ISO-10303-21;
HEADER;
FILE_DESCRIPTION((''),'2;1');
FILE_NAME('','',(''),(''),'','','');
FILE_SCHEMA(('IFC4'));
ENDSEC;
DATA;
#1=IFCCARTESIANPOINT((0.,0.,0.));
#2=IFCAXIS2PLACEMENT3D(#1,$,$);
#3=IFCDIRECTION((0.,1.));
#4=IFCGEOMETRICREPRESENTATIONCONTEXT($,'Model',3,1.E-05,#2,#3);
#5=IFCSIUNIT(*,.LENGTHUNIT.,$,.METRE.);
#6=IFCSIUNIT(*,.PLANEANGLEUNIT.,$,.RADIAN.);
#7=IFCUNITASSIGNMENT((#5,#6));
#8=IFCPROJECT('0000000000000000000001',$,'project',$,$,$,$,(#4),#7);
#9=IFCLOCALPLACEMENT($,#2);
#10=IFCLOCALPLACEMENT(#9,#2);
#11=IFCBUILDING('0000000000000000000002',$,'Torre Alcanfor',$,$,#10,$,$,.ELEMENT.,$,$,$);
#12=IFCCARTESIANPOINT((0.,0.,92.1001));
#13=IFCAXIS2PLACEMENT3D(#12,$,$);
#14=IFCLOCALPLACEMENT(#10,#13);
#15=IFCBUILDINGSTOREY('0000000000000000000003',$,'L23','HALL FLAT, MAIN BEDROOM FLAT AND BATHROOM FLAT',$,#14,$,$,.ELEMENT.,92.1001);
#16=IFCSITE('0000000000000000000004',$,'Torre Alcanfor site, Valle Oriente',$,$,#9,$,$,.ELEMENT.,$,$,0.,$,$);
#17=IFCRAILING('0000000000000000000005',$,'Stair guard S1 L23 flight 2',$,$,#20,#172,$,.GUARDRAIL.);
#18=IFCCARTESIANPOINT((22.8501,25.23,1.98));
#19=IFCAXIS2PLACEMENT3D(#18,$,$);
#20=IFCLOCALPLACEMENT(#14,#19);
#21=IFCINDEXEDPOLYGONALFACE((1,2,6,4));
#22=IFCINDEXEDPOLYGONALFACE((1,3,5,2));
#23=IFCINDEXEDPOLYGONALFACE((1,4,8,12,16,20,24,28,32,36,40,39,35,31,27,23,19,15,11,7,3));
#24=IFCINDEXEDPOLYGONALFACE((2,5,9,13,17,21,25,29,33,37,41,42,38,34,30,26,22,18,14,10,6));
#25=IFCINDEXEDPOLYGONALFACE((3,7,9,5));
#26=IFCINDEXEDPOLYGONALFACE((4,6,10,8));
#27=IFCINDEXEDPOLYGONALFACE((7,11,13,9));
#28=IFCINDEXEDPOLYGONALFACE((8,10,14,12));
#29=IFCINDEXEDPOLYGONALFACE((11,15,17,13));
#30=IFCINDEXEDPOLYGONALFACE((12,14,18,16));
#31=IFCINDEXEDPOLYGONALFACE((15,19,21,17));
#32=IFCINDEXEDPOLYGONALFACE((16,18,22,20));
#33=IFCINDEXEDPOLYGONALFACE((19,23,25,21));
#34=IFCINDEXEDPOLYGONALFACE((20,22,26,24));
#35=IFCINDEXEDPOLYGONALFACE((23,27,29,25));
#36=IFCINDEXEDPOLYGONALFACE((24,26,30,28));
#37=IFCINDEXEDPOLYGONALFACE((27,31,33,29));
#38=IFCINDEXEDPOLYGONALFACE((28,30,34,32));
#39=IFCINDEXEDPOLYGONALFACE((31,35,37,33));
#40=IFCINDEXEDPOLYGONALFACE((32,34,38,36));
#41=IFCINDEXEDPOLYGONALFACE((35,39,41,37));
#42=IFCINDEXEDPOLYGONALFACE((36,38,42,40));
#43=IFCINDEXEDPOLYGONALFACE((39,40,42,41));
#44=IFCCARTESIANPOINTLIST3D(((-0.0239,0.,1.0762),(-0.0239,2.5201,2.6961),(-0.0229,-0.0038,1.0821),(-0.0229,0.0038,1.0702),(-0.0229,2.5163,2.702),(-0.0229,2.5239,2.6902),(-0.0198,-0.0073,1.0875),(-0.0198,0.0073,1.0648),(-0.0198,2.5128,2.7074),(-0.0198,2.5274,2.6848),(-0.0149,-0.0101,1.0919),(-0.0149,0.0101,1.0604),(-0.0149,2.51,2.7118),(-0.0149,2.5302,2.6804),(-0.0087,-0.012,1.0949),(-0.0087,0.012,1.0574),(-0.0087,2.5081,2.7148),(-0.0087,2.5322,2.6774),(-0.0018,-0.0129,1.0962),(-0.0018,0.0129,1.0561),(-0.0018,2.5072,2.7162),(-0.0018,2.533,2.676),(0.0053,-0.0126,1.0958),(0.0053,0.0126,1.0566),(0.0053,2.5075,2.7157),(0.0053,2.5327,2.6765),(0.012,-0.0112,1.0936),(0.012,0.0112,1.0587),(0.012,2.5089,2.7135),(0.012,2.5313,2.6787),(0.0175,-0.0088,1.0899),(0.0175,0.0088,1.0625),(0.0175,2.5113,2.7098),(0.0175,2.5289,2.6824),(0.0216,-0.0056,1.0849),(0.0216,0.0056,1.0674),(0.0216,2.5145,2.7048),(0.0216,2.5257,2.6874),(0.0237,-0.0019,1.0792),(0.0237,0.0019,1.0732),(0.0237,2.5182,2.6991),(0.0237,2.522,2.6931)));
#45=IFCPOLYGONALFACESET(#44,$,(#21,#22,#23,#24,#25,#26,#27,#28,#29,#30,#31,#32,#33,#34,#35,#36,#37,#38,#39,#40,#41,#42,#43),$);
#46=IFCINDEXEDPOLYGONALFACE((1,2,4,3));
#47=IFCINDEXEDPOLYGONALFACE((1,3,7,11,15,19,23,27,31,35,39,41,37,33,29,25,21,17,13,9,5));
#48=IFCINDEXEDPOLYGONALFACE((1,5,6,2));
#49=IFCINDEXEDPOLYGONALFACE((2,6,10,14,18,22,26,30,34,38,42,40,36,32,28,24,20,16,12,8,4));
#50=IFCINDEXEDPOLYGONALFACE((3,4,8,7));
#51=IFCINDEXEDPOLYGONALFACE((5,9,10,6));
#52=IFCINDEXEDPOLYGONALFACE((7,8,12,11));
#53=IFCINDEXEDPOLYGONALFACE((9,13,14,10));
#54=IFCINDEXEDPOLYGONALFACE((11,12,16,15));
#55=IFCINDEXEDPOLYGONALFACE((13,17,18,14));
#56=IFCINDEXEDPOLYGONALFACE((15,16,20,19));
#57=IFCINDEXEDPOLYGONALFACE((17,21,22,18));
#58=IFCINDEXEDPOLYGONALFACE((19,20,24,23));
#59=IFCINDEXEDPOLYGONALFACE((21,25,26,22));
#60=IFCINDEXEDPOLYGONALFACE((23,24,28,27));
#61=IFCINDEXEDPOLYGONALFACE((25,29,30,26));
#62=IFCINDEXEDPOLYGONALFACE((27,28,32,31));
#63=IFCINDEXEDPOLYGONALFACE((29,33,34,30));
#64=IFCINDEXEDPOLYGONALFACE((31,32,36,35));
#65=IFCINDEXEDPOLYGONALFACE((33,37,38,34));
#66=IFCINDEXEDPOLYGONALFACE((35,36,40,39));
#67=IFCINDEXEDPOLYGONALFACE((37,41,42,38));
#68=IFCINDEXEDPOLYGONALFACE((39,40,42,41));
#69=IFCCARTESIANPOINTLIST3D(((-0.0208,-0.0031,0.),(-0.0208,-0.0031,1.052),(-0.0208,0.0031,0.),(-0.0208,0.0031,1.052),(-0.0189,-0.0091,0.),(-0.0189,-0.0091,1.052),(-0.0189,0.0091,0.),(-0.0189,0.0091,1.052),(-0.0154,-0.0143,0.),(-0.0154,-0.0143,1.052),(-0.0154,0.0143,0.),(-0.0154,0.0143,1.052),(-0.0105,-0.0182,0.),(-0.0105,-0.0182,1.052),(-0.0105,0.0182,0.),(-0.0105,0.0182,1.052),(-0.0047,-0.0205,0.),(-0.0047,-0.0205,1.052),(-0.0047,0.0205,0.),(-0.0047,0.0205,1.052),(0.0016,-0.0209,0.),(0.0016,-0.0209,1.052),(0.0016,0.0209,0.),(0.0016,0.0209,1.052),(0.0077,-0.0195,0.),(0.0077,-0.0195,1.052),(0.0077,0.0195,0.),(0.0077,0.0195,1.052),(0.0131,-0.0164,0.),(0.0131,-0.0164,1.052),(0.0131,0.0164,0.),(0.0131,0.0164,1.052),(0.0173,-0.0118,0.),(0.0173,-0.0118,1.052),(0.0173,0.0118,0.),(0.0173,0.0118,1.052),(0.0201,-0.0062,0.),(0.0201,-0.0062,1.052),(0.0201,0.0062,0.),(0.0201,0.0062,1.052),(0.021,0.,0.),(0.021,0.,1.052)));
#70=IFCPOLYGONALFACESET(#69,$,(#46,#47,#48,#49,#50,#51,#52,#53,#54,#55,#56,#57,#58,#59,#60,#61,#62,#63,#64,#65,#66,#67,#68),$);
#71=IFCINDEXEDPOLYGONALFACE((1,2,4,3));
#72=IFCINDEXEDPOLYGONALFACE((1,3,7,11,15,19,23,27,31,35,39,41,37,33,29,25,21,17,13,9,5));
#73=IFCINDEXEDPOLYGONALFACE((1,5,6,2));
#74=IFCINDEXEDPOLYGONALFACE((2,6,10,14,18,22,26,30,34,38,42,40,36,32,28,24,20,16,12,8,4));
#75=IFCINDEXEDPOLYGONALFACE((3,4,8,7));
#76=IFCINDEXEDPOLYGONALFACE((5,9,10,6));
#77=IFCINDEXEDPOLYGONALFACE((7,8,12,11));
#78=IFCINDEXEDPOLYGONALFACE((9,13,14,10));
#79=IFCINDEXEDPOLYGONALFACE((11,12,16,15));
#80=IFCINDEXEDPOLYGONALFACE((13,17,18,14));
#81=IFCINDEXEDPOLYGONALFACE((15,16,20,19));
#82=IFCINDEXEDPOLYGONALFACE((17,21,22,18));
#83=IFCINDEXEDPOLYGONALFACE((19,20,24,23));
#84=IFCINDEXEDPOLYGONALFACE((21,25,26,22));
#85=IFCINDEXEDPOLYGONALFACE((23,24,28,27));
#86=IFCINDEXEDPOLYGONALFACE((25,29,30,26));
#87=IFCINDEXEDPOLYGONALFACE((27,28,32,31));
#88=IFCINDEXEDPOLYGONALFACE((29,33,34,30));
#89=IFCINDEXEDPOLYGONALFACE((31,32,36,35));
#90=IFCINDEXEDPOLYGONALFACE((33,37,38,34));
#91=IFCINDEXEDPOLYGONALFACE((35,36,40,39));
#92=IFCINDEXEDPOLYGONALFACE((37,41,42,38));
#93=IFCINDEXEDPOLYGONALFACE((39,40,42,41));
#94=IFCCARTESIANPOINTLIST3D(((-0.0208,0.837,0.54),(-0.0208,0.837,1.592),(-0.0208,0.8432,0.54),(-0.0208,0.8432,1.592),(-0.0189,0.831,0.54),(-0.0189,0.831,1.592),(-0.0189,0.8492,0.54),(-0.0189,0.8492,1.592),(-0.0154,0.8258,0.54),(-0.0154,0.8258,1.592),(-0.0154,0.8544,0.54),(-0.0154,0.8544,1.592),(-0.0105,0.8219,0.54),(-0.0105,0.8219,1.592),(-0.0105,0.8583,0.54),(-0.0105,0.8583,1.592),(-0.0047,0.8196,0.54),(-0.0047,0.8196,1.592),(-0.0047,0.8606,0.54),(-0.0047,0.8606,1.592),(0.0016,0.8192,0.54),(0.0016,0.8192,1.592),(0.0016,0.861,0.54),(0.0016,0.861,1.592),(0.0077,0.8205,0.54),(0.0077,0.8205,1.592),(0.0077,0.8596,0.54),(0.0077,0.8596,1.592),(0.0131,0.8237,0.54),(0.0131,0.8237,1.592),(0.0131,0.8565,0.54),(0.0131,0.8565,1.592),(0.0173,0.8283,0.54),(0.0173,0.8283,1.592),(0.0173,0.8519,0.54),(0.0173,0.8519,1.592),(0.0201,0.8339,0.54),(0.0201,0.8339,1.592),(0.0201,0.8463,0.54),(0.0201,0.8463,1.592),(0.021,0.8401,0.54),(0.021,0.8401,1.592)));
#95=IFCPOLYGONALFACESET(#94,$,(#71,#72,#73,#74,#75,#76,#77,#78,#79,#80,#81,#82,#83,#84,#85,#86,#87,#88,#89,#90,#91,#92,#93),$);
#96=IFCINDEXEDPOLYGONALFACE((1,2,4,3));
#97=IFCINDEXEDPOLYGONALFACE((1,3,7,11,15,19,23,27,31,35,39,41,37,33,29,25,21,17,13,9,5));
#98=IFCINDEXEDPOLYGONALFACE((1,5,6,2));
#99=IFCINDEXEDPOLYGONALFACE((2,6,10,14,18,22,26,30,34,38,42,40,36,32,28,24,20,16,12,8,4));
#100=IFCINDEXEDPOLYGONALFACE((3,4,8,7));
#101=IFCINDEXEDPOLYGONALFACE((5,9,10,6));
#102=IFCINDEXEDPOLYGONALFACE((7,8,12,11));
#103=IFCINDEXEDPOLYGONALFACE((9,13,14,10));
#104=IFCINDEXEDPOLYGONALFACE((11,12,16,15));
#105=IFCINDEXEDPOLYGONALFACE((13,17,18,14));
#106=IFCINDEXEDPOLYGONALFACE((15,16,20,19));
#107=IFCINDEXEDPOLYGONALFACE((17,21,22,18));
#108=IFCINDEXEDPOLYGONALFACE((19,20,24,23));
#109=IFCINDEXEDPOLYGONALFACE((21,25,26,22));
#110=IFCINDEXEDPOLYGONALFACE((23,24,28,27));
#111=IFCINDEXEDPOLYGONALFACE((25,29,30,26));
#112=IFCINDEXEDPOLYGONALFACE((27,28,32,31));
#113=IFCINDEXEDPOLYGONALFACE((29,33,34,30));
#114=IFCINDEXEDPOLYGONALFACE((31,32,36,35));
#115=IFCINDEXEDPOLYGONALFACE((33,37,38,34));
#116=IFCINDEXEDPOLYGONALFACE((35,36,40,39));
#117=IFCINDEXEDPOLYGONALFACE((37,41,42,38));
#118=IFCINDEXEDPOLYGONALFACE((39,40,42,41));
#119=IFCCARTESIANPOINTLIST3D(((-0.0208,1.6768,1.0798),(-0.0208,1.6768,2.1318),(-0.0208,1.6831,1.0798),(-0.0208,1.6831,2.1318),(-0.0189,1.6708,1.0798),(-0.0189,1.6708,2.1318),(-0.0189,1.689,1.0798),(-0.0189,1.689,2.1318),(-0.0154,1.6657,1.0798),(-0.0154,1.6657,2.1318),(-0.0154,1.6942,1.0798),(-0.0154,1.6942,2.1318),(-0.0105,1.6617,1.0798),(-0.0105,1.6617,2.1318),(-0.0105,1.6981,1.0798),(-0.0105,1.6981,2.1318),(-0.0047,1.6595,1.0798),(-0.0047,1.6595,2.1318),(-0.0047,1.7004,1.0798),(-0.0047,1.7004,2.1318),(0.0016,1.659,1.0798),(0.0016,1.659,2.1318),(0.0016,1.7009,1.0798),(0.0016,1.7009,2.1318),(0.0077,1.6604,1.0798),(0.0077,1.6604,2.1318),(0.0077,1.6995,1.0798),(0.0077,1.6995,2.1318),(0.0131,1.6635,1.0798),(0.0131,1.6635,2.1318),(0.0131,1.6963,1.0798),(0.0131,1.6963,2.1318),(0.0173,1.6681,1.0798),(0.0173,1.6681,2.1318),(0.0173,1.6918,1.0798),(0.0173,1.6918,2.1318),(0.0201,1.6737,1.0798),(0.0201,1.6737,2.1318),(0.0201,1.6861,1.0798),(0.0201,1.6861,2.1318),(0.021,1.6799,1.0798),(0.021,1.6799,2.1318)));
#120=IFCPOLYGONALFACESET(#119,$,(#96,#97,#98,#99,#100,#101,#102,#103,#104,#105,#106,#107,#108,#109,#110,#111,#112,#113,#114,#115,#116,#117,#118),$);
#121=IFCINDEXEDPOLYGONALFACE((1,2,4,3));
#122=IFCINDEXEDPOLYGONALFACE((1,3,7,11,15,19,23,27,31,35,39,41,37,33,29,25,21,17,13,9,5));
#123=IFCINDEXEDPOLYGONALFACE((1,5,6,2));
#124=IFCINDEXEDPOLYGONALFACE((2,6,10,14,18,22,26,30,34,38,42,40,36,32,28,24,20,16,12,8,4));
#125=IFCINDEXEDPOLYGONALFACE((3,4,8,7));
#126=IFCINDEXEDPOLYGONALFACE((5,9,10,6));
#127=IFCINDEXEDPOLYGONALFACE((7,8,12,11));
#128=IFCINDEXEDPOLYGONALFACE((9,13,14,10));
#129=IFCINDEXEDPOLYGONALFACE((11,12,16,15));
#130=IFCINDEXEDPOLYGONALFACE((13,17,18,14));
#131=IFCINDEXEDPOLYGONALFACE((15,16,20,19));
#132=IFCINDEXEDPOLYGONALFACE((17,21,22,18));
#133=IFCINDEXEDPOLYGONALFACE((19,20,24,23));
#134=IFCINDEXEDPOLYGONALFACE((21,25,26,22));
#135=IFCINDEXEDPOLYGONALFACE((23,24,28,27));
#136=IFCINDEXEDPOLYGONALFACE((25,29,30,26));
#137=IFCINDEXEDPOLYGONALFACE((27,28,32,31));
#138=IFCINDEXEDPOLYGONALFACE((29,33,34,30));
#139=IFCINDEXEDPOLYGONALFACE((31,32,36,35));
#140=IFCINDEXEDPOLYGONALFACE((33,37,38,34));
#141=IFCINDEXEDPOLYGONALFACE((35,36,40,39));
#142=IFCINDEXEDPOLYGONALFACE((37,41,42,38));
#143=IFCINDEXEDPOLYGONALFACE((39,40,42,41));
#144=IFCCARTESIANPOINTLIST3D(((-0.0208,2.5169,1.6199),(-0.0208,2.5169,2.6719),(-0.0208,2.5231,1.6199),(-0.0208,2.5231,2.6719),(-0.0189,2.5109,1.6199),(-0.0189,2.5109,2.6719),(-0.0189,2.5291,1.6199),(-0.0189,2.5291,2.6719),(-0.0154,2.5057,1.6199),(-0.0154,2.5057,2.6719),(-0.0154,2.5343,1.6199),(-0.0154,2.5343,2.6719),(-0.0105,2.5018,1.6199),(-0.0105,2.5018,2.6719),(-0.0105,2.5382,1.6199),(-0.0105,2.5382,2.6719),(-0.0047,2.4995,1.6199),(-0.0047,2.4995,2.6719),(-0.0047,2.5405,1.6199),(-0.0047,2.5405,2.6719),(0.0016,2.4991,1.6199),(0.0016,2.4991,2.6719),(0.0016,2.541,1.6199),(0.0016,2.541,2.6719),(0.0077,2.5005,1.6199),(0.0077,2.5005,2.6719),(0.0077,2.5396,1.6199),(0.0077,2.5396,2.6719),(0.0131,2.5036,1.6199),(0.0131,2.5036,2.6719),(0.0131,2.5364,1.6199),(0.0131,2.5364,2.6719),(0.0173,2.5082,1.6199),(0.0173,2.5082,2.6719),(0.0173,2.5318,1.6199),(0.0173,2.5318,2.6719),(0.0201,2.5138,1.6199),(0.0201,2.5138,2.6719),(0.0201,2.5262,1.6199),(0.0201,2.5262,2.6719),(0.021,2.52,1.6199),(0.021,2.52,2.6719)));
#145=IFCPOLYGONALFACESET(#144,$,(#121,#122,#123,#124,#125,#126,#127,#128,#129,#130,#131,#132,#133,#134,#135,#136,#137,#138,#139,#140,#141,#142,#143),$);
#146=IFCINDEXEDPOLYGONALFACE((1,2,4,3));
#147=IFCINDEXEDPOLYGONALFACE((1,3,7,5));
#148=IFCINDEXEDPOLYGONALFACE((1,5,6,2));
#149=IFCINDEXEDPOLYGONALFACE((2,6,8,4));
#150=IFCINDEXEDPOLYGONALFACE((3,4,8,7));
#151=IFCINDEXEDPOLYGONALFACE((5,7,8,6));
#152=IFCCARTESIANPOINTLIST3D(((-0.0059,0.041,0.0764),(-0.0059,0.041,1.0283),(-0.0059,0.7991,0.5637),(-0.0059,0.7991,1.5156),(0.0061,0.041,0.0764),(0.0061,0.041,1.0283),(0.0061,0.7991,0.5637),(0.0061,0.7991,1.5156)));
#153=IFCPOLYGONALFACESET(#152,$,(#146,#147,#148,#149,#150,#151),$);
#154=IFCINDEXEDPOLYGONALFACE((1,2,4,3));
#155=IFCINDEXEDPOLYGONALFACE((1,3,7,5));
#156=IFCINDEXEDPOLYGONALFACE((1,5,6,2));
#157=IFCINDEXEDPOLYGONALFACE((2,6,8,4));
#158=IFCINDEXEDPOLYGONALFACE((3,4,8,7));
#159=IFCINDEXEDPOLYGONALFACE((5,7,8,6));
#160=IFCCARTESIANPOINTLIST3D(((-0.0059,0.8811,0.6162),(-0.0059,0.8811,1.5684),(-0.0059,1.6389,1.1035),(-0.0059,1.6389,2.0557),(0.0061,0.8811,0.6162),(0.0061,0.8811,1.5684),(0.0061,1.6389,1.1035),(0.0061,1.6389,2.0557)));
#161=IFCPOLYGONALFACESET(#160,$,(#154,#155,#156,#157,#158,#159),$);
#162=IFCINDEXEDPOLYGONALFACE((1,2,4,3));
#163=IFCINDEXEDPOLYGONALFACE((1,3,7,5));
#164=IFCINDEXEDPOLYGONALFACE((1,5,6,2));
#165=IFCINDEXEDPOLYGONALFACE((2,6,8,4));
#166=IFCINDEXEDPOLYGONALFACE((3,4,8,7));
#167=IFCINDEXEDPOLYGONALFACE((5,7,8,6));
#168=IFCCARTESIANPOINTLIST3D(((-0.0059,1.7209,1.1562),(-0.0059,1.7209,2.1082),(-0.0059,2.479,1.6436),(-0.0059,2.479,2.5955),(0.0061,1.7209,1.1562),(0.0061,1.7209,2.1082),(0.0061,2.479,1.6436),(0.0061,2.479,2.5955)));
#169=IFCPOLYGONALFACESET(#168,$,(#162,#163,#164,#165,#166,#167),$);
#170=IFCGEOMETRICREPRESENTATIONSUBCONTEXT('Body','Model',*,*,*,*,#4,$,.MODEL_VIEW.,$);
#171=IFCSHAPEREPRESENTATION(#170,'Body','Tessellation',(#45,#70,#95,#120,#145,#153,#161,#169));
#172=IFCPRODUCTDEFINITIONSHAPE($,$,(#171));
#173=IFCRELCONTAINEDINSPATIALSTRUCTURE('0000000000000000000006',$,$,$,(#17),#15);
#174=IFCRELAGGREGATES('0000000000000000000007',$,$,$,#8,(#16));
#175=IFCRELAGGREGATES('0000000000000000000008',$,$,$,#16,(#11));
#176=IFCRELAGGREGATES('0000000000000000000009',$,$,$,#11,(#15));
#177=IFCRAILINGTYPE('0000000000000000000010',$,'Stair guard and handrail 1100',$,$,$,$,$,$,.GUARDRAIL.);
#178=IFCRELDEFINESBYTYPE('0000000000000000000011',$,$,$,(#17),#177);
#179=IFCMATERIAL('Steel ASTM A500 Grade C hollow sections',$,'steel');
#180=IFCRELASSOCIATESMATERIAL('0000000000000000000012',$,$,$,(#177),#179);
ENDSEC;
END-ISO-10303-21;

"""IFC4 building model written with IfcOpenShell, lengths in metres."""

from ifc_helpers import new_model, si_unit, direction, frame, origin, origin_2d, place, context, subcontext, project, spatial, polyline, circle, outline, extrude, material, type_object, element, save


model = new_model("IFC4")

# Units and contexts
model_context = context("Model", 3, precision=1e-05, world=origin(), true_north=direction((0.0, 1.0)))
body_context = subcontext(model_context, "Body", "Model", "MODEL_VIEW")
ifc_project = project(units=[si_unit("LENGTHUNIT", "METRE"), si_unit("PLANEANGLEUNIT", "RADIAN")], contexts=[model_context])

# Site, building, storey
site_placement = place(None, origin())
site = spatial("IfcSite", under=ifc_project, at=site_placement, Name="Torre Alcanfor site, Valle Oriente", CompositionType="ELEMENT", RefElevation=0.0)
building_placement = place(site_placement, origin())
building = spatial("IfcBuilding", under=site, at=building_placement, Name="Torre Alcanfor", CompositionType="ELEMENT")
storey_placement = place(building_placement, frame((0.0, 0.0, 92.1001)))
storey = spatial("IfcBuildingStorey", under=building, at=storey_placement, Name="L23", Description="HALL FLAT, MAIN BEDROOM FLAT AND BATHROOM FLAT", CompositionType="ELEMENT", Elevation=92.1001)

# Railing
ifc_material_1 = material(Name="Steel ASTM A500 Grade C hollow sections", Category="steel")
railing_type_1 = type_object("IfcRailingType", Name="Stair guard and handrail 1100", PredefinedType="GUARDRAIL", material=ifc_material_1)
railing_1_placement = place(storey_placement, frame((22.8501, 25.23, 1.98)))
element("IfcRailing", 1, at=railing_1_placement, inside=storey, type_object=railing_type_1, Name="Stair guard S1 L23 flight 2", PredefinedType="GUARDRAIL", context=body_context, shape_type="SweptSolid", body=[
    extrude(circle(Radius=0.0239, at=origin_2d()), frame((0.0, 0.0, 1.0762), z_axis=(0.0, 0.8412, 0.540725), x_axis=(-1.0, 0.0, 0.0)), (0.0, 0.0, 1.0), 2.9958),
    extrude(circle(Radius=0.021, at=origin_2d()), origin(), (0.0, 0.0, 1.0), 1.052),
    extrude(circle(Radius=0.021, at=origin_2d()), frame((0.0, 0.8401, 0.54)), (0.0, 0.0, 1.0), 1.052),
    extrude(circle(Radius=0.021, at=origin_2d()), frame((0.0, 1.6799, 1.0798)), (0.0, 0.0, 1.0), 1.052),
    extrude(circle(Radius=0.021, at=origin_2d()), frame((0.0, 2.52, 1.6199)), (0.0, 0.0, 1.0), 1.052),
    extrude(outline(polyline([(0.041, 0.0764), (0.7991, 0.5637), (0.7991, 1.5156), (0.041, 1.0283), (0.041, 0.0764)])), frame((-0.0059, 0.0, 0.0), z_axis=(1.0, 0.0, 0.0), x_axis=(0.0, 1.0, 0.0)), (0.0, 0.0, 1.0), 0.012),
    extrude(outline(polyline([(0.8811, 0.6162), (1.6389, 1.1035), (1.6389, 2.0557), (0.8811, 1.5684), (0.8811, 0.6162)])), frame((-0.0059, 0.0, 0.0), z_axis=(1.0, 0.0, 0.0), x_axis=(0.0, 1.0, 0.0)), (0.0, 0.0, 1.0), 0.012),
    extrude(outline(polyline([(1.7209, 1.1562), (2.479, 1.6436), (2.479, 2.5955), (1.7209, 2.1082), (1.7209, 1.1562)])), frame((-0.0059, 0.0, 0.0), z_axis=(1.0, 0.0, 0.0), x_axis=(0.0, 1.0, 0.0)), (0.0, 0.0, 1.0), 0.012),
])

save(model, "model.ifc")
